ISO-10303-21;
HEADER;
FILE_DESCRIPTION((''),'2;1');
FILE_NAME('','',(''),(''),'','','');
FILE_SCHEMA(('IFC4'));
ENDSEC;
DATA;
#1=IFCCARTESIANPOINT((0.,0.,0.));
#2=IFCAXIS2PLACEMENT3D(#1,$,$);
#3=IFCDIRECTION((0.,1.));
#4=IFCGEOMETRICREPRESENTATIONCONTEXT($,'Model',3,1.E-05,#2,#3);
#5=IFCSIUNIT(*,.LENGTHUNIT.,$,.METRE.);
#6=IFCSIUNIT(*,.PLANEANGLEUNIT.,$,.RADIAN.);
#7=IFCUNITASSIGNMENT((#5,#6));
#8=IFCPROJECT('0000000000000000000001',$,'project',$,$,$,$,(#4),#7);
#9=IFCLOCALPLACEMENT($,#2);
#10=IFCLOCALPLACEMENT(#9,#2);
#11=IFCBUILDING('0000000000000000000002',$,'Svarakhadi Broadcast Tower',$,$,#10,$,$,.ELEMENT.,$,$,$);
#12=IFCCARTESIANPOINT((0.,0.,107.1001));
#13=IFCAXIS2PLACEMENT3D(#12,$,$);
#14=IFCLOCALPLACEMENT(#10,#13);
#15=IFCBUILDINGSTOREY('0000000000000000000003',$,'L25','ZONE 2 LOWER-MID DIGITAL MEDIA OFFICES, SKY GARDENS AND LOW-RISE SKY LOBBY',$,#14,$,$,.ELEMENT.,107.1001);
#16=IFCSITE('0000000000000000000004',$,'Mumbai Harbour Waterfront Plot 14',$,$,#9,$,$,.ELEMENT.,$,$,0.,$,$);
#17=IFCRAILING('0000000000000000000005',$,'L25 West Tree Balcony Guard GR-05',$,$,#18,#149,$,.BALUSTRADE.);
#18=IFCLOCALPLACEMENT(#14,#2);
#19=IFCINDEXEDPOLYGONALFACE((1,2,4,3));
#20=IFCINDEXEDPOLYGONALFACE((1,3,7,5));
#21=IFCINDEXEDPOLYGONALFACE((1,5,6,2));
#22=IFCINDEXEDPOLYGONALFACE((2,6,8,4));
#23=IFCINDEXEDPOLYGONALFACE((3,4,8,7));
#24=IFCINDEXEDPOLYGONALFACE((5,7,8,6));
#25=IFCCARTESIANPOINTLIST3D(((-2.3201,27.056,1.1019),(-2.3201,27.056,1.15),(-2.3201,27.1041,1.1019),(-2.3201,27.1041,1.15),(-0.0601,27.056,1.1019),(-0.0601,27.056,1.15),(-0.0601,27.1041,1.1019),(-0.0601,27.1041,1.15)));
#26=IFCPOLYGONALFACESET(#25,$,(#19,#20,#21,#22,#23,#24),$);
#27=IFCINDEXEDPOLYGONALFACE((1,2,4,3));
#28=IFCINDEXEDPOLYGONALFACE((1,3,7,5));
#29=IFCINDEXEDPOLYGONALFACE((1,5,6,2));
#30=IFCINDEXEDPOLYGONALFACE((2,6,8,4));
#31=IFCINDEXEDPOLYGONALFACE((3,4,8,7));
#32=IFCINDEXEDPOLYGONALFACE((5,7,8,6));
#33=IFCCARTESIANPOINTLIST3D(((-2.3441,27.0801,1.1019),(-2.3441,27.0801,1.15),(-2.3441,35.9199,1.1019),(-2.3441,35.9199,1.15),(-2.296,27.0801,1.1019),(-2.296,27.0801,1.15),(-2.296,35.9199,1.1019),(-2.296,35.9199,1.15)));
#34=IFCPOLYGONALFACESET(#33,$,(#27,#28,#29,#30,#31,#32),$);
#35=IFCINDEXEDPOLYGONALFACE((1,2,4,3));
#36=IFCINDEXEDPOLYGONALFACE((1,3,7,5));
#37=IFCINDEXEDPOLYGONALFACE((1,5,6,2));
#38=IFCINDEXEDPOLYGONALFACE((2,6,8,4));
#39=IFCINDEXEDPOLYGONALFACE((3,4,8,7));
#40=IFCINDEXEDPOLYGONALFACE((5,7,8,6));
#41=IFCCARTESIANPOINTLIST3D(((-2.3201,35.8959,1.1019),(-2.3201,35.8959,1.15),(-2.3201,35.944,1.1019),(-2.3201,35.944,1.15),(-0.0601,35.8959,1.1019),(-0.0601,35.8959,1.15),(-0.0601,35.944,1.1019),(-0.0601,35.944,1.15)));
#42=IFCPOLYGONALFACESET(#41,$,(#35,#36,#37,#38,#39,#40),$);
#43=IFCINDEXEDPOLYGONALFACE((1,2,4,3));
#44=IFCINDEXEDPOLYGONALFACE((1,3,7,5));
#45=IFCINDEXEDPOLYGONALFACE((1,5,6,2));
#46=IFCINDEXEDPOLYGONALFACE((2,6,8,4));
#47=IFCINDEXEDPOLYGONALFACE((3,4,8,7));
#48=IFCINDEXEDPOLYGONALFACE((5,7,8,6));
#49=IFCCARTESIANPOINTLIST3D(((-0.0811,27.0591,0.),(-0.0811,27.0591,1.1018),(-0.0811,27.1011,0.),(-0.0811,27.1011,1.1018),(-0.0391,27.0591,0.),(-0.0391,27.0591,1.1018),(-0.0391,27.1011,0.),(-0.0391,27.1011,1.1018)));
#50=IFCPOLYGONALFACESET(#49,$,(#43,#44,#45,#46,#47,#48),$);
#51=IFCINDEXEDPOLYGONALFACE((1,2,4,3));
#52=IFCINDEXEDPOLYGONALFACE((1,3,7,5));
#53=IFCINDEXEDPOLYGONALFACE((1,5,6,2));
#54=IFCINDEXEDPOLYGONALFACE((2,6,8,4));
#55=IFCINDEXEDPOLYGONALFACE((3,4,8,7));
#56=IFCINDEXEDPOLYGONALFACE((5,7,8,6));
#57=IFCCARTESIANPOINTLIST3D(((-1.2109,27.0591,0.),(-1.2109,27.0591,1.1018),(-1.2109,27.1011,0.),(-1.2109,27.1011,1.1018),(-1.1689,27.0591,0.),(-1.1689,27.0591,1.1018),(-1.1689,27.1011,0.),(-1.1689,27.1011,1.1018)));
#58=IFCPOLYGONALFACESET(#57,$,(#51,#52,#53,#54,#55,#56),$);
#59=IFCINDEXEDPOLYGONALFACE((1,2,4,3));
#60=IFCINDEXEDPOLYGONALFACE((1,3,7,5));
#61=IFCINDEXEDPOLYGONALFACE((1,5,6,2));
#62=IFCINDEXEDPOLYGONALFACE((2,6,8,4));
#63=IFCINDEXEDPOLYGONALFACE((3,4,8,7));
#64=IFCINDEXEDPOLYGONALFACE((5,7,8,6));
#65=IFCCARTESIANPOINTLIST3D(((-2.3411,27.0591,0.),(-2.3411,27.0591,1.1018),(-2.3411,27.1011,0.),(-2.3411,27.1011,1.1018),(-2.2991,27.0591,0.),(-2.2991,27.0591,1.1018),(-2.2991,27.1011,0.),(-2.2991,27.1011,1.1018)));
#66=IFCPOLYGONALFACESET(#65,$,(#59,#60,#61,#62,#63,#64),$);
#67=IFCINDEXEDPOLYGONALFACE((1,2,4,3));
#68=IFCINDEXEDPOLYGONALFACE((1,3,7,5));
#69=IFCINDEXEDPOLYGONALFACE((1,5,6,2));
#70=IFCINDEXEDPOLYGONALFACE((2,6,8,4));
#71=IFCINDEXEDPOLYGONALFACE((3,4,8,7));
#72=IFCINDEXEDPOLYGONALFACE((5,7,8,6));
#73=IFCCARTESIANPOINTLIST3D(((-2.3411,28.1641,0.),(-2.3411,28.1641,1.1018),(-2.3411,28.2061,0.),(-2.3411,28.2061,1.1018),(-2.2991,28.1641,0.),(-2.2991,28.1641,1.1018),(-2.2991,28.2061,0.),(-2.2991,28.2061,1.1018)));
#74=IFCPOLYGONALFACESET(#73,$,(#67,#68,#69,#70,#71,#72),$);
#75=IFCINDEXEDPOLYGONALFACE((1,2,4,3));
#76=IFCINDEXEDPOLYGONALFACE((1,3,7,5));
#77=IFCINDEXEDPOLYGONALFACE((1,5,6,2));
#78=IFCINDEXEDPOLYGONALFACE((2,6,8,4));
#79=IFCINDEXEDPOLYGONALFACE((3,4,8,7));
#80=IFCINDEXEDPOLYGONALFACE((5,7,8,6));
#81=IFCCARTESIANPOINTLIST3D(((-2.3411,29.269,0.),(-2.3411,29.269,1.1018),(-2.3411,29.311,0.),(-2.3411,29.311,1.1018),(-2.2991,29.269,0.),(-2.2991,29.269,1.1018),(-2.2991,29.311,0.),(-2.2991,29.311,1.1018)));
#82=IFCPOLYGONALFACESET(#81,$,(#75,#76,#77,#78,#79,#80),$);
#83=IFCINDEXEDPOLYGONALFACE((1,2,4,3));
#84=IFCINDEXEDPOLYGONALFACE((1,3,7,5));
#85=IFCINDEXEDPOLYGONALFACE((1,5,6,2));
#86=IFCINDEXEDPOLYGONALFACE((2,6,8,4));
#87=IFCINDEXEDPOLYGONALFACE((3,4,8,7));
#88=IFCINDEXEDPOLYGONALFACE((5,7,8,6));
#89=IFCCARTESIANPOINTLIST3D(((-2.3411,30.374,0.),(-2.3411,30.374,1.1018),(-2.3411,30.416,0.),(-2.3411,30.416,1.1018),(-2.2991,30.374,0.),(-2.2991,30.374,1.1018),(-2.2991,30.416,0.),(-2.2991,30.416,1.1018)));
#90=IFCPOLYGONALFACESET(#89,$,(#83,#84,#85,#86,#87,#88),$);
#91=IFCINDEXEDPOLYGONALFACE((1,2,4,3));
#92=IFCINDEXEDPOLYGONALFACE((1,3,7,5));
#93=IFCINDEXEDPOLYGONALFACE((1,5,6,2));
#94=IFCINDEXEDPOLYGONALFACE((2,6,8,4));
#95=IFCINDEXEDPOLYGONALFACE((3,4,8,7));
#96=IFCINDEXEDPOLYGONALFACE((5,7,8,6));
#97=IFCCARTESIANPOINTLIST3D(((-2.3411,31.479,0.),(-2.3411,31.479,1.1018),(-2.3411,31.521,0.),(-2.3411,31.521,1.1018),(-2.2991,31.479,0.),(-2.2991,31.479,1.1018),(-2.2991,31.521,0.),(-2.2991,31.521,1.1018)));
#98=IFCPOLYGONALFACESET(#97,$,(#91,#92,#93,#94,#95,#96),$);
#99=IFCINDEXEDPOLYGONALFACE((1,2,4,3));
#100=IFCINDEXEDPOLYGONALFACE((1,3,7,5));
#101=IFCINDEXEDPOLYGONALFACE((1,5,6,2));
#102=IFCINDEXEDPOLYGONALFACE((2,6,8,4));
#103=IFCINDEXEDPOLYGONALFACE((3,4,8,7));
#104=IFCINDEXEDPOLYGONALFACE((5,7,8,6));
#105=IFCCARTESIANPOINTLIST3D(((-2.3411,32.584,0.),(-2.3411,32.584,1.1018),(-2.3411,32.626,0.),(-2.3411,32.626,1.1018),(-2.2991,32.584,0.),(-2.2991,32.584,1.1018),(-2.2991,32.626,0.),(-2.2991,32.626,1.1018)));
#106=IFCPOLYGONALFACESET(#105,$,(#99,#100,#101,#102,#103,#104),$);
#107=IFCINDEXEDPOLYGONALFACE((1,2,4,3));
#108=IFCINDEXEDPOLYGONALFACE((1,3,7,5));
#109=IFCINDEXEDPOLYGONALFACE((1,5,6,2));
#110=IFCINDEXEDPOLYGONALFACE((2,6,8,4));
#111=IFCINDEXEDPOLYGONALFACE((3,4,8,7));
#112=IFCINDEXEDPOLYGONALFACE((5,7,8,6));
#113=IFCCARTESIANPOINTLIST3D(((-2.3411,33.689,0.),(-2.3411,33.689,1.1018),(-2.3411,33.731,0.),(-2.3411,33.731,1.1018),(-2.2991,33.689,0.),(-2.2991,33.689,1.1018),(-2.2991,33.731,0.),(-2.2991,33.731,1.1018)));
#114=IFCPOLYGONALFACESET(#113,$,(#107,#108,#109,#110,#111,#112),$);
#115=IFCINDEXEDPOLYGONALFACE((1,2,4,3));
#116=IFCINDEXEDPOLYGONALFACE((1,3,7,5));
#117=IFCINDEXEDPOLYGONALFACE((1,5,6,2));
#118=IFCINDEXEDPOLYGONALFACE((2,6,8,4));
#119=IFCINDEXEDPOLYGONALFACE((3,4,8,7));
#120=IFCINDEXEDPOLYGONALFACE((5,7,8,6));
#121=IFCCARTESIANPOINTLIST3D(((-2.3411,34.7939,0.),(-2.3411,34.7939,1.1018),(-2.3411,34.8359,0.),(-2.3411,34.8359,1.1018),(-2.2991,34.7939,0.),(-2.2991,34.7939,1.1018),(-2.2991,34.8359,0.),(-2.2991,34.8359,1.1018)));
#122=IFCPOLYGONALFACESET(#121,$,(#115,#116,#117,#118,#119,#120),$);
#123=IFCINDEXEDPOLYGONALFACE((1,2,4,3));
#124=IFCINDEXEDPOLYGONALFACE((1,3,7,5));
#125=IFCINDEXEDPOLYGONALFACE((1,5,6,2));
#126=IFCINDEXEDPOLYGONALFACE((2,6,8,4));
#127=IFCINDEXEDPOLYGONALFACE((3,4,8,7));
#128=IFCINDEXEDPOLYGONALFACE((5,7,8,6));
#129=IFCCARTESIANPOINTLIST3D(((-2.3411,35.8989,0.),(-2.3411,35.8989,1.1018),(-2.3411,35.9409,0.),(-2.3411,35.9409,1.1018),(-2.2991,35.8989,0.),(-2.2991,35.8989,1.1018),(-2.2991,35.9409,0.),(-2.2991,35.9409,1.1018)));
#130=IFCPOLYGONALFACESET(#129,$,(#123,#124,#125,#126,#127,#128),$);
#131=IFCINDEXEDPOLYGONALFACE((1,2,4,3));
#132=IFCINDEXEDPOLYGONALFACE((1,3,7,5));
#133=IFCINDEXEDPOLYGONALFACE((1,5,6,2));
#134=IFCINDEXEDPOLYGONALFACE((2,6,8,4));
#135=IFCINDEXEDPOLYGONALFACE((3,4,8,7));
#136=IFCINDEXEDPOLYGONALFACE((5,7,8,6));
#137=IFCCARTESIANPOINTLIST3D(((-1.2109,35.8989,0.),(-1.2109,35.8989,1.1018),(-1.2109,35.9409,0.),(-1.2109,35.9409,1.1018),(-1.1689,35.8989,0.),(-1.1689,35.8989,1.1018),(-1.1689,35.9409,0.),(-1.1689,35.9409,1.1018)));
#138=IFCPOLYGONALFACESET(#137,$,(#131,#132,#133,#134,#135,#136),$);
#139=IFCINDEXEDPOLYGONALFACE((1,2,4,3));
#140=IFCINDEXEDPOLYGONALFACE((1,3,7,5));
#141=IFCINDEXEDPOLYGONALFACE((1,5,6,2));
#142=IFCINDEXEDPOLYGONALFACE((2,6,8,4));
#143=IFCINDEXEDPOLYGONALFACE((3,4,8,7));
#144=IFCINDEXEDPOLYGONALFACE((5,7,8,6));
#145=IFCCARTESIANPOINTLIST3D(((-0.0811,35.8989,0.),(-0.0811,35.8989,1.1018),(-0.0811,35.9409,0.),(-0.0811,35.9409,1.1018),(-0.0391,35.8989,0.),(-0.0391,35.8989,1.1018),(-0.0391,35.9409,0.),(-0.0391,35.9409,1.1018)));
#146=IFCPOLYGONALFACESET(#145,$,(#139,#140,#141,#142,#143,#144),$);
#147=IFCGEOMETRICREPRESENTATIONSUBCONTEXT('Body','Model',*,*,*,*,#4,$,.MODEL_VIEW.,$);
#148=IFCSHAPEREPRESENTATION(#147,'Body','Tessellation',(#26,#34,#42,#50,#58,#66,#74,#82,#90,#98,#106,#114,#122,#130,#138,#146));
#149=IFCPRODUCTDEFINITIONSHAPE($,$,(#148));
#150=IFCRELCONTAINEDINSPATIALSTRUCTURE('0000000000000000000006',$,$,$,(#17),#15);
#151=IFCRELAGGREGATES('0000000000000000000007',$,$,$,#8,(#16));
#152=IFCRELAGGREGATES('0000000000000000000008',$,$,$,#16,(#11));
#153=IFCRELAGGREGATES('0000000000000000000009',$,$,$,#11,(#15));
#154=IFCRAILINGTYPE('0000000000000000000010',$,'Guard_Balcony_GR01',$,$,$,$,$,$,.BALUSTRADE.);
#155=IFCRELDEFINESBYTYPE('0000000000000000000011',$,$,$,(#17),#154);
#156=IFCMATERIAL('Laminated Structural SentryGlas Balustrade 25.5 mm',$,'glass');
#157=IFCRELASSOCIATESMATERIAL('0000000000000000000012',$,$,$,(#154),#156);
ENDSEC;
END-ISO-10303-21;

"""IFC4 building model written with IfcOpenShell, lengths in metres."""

from ifc_helpers import new_model, si_unit, direction, frame, origin, origin_2d, place, context, subcontext, project, spatial, rectangle, extrude, material, type_object, element, save


model = new_model("IFC4")

# Units and contexts
model_context = context("Model", 3, precision=1e-05, world=origin(), true_north=direction((0.0, 1.0)))
body_context = subcontext(model_context, "Body", "Model", "MODEL_VIEW")
ifc_project = project(units=[si_unit("LENGTHUNIT", "METRE"), si_unit("PLANEANGLEUNIT", "RADIAN")], contexts=[model_context])

# Site, building, storey
site_placement = place(None, origin())
site = spatial("IfcSite", under=ifc_project, at=site_placement, Name="Mumbai Harbour Waterfront Plot 14", CompositionType="ELEMENT", RefElevation=0.0)
building_placement = place(site_placement, origin())
building = spatial("IfcBuilding", under=site, at=building_placement, Name="Svarakhadi Broadcast Tower", CompositionType="ELEMENT")
storey_placement = place(building_placement, frame((0.0, 0.0, 107.1001)))
storey = spatial("IfcBuildingStorey", under=building, at=storey_placement, Name="L25", Description="ZONE 2 LOWER-MID DIGITAL MEDIA OFFICES, SKY GARDENS AND LOW-RISE SKY LOBBY", CompositionType="ELEMENT", Elevation=107.1001)

# Railing
ifc_material_1 = material(Name="Laminated Structural SentryGlas Balustrade 25.5 mm", Category="glass")
railing_type = type_object("IfcRailingType", Name="Guard_Balcony_GR01", PredefinedType="BALUSTRADE", material=ifc_material_1)
railing_placement = place(storey_placement, frame((-0.0601, 27.0801, 0.0)))
element("IfcRailing", 1, at=railing_placement, inside=storey, type_object=railing_type, Name="L25 West Tree Balcony Guard GR-05", PredefinedType="BALUSTRADE", context=body_context, shape_type="SweptSolid", body=[
    extrude(rectangle(XDim=0.0481, YDim=0.0481, at=origin_2d()), frame((0.0, 0.0, 1.126), z_axis=(-1.0, 0.0, 0.0), x_axis=(0.0, -1.0, 0.0)), (0.0, 0.0, 1.0), 2.26),
    extrude(rectangle(XDim=0.0481, YDim=0.0481, at=origin_2d()), frame((-2.26, 0.0, 1.126), z_axis=(0.0, 1.0, 0.0), x_axis=(-1.0, 0.0, 0.0)), (0.0, 0.0, 1.0), 8.8398),
    extrude(rectangle(XDim=0.0481, YDim=0.0481, at=origin_2d()), frame((-2.26, 8.8398, 1.126), z_axis=(1.0, 0.0, 0.0), x_axis=(0.0, 1.0, 0.0)), (0.0, 0.0, 1.0), 2.26),
    extrude(rectangle(XDim=0.042, YDim=0.042, at=origin_2d()), origin(), (0.0, 0.0, 1.0), 1.1018),
    extrude(rectangle(XDim=0.042, YDim=0.042, at=origin_2d()), frame((-1.1299, 0.0, 0.0)), (0.0, 0.0, 1.0), 1.1018),
    extrude(rectangle(XDim=0.042, YDim=0.042, at=origin_2d()), frame((-2.26, 0.0, 0.0)), (0.0, 0.0, 1.0), 1.1018),
    extrude(rectangle(XDim=0.042, YDim=0.042, at=origin_2d()), frame((-2.26, 1.105, 0.0)), (0.0, 0.0, 1.0), 1.1018),
    extrude(rectangle(XDim=0.042, YDim=0.042, at=origin_2d()), frame((-2.26, 2.21, 0.0)), (0.0, 0.0, 1.0), 1.1018),
    extrude(rectangle(XDim=0.042, YDim=0.042, at=origin_2d()), frame((-2.26, 3.3149, 0.0)), (0.0, 0.0, 1.0), 1.1018),
    extrude(rectangle(XDim=0.042, YDim=0.042, at=origin_2d()), frame((-2.26, 4.4199, 0.0)), (0.0, 0.0, 1.0), 1.1018),
    extrude(rectangle(XDim=0.042, YDim=0.042, at=origin_2d()), frame((-2.26, 5.5249, 0.0)), (0.0, 0.0, 1.0), 1.1018),
    extrude(rectangle(XDim=0.042, YDim=0.042, at=origin_2d()), frame((-2.26, 6.6299, 0.0)), (0.0, 0.0, 1.0), 1.1018),
    extrude(rectangle(XDim=0.042, YDim=0.042, at=origin_2d()), frame((-2.26, 7.7349, 0.0)), (0.0, 0.0, 1.0), 1.1018),
    extrude(rectangle(XDim=0.042, YDim=0.042, at=origin_2d()), frame((-2.26, 8.8398, 0.0)), (0.0, 0.0, 1.0), 1.1018),
    extrude(rectangle(XDim=0.042, YDim=0.042, at=origin_2d()), frame((-1.1299, 8.8398, 0.0)), (0.0, 0.0, 1.0), 1.1018),
    extrude(rectangle(XDim=0.042, YDim=0.042, at=origin_2d()), frame((0.0, 8.8398, 0.0)), (0.0, 0.0, 1.0), 1.1018),
])

save(model, "model.ifc")
